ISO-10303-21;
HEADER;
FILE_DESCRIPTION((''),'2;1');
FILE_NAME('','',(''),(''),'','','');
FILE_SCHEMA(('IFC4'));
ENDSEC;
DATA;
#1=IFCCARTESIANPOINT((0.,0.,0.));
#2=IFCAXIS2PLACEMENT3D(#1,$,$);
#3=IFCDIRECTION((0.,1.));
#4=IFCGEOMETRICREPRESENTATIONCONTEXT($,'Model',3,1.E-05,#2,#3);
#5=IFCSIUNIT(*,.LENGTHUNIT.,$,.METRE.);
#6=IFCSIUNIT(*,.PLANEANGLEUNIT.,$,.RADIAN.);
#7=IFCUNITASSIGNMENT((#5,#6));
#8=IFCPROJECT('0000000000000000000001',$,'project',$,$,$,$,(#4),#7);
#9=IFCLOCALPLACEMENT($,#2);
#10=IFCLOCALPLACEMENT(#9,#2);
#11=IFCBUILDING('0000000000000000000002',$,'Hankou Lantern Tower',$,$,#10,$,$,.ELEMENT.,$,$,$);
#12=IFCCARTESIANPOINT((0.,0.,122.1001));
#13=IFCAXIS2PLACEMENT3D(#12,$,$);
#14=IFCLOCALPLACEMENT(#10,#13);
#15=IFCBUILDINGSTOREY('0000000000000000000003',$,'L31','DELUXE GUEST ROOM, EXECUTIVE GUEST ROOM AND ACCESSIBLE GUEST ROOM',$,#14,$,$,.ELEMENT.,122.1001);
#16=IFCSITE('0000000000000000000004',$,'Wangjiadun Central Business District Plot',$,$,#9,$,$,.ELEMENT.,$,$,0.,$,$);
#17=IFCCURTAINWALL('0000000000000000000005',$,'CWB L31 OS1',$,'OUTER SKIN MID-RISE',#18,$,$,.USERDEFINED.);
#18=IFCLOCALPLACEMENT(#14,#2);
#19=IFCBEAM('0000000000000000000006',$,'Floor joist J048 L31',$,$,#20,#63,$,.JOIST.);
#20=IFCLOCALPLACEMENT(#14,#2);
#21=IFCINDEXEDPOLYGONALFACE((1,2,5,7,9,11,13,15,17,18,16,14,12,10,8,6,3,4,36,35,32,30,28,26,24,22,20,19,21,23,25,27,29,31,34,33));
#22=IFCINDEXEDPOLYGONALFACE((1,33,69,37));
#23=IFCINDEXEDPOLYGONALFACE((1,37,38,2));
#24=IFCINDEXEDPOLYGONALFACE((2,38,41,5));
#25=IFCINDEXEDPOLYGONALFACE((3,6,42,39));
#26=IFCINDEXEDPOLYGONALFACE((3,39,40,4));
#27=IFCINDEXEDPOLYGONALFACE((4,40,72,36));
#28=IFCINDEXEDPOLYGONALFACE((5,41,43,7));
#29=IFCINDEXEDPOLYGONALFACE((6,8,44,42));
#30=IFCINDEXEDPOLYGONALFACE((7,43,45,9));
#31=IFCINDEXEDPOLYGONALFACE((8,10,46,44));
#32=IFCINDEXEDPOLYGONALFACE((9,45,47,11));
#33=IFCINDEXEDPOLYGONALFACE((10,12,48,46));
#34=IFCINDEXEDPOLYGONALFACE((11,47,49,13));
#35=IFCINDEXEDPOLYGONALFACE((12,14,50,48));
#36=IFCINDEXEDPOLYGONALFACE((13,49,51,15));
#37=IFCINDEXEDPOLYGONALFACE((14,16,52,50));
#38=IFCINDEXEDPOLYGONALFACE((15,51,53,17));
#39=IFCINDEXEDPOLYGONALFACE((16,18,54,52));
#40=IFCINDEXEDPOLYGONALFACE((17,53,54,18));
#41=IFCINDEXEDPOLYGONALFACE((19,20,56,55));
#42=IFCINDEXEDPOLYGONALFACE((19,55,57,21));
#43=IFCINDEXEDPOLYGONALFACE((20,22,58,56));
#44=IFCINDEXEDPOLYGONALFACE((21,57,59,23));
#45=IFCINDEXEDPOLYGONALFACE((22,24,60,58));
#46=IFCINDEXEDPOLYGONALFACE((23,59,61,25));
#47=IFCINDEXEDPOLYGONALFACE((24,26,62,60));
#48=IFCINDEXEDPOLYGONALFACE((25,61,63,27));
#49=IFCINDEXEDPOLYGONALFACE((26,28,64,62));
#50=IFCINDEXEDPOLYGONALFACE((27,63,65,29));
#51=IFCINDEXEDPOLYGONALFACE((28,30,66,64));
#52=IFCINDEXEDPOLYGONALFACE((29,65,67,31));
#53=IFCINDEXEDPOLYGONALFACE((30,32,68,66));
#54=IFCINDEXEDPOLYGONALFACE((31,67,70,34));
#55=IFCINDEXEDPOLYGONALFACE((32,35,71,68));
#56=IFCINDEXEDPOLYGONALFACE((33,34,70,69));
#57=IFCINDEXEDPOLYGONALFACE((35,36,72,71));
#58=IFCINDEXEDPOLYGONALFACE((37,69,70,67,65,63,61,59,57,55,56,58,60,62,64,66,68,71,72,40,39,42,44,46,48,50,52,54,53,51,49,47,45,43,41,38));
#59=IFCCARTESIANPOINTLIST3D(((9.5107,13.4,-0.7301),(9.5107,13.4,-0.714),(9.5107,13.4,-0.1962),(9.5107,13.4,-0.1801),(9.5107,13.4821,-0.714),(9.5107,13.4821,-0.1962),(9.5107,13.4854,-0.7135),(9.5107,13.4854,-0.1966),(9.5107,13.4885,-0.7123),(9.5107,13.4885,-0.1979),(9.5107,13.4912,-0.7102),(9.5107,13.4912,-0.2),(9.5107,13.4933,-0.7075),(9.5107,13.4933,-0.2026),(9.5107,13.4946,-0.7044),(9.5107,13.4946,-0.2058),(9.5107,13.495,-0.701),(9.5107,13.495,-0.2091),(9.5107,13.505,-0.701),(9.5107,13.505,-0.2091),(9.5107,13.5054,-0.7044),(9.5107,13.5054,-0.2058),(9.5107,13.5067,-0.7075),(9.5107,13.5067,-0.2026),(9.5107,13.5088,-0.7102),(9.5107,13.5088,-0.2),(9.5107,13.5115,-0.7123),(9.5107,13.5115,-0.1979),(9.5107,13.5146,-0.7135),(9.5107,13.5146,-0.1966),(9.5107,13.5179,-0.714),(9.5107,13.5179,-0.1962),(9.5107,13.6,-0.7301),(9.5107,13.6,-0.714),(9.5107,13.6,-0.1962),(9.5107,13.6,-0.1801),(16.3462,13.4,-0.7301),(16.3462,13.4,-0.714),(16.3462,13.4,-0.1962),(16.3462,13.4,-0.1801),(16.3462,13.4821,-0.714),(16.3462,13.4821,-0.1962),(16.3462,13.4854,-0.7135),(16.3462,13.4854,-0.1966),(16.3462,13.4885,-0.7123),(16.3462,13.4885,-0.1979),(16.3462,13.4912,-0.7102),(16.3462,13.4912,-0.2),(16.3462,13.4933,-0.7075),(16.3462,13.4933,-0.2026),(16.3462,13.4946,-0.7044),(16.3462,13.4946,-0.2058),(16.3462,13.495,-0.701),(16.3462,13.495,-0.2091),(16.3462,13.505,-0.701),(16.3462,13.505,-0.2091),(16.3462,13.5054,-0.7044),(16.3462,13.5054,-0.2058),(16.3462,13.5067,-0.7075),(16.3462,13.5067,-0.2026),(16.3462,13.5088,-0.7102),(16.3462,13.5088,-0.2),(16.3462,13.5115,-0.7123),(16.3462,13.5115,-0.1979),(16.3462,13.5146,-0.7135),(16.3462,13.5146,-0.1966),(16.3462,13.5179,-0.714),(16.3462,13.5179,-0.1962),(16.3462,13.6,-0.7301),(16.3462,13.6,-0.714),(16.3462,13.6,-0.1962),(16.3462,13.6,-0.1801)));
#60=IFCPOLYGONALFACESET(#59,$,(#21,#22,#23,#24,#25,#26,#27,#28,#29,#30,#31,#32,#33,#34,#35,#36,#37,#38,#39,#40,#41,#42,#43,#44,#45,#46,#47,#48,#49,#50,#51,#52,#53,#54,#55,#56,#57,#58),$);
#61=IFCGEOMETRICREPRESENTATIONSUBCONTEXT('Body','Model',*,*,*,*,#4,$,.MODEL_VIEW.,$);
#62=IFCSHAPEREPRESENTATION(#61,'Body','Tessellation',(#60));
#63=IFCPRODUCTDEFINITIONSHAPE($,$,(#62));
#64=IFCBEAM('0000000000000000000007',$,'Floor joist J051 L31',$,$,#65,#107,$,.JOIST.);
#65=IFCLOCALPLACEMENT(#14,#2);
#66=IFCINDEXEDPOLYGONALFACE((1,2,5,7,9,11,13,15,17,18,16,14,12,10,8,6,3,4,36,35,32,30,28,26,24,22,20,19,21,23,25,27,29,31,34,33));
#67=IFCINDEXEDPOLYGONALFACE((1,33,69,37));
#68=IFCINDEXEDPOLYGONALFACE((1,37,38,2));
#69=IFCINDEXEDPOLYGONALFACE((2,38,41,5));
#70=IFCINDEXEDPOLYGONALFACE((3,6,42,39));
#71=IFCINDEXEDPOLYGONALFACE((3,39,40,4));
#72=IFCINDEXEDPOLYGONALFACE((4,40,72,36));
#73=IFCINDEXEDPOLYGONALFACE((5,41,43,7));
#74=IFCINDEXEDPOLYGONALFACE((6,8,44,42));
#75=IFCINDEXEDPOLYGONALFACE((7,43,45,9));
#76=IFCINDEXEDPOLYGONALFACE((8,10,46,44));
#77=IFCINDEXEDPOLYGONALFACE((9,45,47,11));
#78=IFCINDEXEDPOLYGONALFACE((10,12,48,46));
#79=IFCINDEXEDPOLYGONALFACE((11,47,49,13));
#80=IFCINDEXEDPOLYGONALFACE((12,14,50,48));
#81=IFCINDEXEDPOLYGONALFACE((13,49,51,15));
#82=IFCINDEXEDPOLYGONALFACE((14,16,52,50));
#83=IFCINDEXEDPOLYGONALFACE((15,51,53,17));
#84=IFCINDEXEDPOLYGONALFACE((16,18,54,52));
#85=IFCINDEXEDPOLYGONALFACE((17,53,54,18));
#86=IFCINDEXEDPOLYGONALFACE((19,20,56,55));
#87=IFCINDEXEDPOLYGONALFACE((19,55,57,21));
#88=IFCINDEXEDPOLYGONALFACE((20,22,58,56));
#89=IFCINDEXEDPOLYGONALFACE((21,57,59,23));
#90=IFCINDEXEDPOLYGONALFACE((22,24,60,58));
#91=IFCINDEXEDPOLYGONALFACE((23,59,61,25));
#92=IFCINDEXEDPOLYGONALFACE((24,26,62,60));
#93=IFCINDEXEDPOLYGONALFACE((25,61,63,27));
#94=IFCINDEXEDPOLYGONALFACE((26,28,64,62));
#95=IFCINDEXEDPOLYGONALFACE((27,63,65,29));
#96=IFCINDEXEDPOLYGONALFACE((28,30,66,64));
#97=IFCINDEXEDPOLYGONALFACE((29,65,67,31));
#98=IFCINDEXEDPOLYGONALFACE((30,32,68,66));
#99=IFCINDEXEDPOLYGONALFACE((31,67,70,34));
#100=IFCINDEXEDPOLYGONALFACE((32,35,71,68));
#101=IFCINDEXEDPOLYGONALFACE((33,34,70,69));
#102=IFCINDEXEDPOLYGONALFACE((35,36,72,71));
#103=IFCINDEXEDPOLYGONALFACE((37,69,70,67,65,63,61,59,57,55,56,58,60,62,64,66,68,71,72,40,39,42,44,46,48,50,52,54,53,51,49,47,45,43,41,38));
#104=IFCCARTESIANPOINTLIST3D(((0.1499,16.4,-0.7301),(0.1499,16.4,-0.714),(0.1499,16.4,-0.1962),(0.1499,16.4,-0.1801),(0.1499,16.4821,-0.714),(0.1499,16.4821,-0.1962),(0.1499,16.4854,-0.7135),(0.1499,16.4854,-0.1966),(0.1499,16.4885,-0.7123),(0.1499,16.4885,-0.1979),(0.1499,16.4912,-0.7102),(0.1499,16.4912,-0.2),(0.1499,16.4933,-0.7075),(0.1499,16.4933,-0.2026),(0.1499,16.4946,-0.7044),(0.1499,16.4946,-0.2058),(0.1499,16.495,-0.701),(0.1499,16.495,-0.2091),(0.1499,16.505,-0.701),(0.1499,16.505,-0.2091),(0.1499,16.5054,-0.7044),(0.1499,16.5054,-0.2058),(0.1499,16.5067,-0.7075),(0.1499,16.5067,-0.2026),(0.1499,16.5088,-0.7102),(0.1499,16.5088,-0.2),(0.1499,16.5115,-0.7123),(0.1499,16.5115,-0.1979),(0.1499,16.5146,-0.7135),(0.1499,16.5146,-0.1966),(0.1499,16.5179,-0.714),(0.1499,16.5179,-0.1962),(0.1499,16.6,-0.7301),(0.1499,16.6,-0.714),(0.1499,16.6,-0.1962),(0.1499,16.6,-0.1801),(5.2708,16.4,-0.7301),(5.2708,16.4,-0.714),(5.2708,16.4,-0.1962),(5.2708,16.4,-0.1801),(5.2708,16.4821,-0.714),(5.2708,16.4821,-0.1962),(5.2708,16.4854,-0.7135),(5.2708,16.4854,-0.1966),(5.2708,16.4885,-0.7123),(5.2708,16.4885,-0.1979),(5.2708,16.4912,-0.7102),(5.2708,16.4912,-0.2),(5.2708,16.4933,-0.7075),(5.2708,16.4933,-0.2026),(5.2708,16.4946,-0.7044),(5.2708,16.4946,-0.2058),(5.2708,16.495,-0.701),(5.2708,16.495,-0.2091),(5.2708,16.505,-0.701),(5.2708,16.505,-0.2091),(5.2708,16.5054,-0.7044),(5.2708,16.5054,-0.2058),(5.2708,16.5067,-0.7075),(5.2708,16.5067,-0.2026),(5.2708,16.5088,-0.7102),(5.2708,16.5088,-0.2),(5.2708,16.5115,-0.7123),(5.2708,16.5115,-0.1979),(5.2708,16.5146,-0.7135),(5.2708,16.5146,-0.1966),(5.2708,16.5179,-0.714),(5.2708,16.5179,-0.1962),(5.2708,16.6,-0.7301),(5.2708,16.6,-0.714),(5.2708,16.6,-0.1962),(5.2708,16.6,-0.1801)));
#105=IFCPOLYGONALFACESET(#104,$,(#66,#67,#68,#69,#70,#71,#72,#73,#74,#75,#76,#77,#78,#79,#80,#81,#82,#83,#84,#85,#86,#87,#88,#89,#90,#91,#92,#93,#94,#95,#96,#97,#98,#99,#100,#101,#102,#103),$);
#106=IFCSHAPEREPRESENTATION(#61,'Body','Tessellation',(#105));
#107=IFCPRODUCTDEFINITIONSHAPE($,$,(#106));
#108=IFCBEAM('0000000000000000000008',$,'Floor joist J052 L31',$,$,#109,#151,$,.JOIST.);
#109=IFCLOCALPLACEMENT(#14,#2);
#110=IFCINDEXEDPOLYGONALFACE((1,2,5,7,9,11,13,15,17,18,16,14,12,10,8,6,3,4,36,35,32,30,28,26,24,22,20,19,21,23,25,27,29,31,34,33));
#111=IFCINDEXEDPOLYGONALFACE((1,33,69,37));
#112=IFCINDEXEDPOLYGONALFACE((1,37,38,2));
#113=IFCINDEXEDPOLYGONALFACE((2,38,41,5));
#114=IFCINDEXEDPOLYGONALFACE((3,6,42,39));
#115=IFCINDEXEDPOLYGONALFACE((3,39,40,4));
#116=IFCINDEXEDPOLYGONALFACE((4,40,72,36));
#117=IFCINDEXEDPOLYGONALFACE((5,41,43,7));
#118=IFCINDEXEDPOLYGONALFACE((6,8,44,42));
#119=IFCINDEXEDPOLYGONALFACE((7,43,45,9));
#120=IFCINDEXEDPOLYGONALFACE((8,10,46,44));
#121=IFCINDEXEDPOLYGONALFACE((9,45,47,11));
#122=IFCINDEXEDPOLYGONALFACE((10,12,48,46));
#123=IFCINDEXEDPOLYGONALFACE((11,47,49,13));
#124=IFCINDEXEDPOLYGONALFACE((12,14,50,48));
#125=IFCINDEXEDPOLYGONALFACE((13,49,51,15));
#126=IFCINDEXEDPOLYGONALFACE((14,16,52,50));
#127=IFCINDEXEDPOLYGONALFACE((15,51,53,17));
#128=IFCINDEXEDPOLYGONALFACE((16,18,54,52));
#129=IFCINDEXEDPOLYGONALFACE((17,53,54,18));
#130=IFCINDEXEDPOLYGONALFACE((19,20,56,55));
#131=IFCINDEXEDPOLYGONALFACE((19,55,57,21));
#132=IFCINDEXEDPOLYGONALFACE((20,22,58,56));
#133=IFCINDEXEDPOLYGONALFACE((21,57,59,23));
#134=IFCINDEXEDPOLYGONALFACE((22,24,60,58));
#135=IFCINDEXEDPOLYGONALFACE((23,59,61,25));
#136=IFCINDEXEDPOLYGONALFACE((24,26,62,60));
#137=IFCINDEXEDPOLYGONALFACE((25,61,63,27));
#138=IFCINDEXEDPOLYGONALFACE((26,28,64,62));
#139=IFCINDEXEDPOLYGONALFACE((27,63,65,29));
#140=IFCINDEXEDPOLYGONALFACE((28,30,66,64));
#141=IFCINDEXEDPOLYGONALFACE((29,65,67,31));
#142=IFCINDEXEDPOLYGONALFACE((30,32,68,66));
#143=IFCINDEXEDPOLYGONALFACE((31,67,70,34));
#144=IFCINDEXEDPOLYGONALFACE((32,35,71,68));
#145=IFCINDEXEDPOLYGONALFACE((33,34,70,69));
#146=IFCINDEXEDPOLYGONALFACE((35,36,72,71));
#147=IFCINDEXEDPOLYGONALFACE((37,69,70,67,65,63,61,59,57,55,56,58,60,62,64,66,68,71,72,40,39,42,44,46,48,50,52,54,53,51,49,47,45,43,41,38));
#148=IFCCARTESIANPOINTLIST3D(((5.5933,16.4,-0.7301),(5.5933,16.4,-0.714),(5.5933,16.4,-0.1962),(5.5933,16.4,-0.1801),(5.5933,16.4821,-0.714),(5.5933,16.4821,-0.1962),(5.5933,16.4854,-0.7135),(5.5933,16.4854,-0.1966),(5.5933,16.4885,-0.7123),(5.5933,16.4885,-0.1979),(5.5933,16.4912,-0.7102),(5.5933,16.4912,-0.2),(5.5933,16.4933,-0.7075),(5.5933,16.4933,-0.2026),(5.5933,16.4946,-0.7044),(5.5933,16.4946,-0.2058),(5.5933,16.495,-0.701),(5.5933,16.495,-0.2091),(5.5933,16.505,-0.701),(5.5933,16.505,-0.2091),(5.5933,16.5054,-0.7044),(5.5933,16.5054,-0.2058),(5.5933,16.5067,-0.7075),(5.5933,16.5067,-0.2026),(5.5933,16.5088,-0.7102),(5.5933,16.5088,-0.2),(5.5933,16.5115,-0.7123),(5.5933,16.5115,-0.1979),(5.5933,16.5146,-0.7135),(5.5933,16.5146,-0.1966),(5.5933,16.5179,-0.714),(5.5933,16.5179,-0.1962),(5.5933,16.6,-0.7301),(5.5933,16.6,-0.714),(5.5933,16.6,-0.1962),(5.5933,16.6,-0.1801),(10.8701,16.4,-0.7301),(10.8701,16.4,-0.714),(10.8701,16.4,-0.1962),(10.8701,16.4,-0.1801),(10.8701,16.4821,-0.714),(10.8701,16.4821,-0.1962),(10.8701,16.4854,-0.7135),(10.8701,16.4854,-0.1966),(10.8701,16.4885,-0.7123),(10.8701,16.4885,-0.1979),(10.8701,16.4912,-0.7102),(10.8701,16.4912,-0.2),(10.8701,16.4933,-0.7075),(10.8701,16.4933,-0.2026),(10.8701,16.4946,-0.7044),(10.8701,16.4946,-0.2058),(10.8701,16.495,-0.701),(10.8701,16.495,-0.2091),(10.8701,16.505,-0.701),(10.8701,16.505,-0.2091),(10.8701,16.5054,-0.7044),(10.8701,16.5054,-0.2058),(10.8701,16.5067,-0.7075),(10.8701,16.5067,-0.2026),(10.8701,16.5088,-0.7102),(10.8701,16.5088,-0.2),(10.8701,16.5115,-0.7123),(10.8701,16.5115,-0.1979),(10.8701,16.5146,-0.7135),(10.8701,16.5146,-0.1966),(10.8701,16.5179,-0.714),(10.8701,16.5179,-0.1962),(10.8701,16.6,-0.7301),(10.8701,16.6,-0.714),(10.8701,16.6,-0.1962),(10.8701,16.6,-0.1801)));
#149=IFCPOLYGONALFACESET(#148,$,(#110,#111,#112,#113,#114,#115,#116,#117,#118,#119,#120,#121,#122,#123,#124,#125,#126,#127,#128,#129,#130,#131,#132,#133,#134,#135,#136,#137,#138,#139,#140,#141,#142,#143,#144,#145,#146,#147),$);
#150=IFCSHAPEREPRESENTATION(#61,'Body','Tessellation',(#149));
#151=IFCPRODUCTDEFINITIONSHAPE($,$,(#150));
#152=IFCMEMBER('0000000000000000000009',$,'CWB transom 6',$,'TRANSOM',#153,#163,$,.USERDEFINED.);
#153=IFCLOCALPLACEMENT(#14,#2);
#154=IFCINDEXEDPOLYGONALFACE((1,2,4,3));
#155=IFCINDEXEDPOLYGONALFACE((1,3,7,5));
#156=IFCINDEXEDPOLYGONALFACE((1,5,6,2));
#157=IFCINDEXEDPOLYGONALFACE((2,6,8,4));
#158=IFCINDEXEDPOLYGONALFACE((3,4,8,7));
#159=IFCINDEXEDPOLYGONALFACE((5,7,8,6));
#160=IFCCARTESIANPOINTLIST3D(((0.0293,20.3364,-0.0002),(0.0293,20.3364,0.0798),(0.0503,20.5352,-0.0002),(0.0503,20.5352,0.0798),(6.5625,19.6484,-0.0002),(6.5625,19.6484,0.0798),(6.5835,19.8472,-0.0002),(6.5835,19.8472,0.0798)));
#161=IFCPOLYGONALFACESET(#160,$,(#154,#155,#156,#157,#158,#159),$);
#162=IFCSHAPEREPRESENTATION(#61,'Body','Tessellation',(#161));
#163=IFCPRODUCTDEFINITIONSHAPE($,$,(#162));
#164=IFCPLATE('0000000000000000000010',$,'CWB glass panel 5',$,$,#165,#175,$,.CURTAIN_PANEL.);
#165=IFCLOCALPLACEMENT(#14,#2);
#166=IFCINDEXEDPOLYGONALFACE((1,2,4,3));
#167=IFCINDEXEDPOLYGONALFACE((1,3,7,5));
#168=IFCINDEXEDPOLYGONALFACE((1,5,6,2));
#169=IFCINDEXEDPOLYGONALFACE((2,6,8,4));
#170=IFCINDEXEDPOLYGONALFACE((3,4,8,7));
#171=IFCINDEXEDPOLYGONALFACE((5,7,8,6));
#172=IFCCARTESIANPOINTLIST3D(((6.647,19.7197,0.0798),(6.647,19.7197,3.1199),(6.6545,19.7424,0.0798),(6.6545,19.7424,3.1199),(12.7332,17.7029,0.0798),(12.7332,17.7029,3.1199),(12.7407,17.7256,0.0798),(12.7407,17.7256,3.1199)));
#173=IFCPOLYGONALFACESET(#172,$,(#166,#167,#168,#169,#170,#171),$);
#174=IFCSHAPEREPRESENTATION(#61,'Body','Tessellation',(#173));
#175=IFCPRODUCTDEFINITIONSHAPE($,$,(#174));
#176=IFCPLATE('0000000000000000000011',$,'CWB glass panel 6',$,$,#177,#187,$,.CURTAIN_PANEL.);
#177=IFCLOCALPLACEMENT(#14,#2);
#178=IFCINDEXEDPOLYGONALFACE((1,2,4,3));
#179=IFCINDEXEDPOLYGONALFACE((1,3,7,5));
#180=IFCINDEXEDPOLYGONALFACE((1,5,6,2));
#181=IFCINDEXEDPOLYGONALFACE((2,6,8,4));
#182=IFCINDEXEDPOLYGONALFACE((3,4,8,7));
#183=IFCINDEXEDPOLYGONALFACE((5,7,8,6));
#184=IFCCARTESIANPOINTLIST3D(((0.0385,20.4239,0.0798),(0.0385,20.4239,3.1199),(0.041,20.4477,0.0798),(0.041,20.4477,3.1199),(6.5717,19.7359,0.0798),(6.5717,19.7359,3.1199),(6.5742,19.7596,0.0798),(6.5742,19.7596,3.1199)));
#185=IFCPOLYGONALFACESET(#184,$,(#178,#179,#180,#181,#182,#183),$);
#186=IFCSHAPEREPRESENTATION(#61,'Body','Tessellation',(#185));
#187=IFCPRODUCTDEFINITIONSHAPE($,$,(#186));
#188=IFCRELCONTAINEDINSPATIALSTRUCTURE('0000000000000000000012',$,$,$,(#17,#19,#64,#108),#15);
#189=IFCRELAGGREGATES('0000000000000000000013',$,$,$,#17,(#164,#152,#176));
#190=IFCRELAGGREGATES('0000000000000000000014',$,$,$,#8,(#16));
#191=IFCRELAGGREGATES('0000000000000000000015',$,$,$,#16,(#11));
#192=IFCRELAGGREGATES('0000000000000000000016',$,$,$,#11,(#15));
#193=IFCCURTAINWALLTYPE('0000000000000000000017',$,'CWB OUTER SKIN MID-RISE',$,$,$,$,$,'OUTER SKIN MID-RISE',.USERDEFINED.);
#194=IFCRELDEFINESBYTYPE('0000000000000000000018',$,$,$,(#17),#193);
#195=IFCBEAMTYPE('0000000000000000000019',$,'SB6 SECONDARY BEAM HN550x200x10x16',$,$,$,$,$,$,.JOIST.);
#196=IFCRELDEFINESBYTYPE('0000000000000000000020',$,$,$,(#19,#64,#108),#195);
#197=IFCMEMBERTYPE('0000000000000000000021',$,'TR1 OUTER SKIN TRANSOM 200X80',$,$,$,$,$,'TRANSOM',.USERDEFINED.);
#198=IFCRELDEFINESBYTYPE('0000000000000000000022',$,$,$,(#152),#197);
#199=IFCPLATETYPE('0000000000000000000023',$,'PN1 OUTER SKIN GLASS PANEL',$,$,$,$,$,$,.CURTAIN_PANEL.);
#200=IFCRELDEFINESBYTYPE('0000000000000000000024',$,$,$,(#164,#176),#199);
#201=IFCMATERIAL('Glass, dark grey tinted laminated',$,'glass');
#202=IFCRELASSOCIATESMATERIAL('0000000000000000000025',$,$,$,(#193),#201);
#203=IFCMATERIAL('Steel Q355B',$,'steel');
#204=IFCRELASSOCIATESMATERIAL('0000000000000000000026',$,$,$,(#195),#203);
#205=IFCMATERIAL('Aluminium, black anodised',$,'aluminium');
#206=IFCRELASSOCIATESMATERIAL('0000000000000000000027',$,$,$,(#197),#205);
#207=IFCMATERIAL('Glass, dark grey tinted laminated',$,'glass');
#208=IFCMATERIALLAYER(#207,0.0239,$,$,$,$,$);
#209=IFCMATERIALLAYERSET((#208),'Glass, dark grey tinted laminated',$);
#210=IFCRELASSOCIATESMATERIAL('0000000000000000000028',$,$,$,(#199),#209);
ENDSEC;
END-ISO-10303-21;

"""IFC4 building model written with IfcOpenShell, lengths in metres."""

from ifc_helpers import new_model, si_unit, direction, frame, origin, origin_2d, place, context, subcontext, project, spatial, rectangle, i_section, extrude, material, layer, layer_set, material_profile, profile_set, type_object, element, aggregate, save


model = new_model("IFC4")

# Units and contexts
model_context = context("Model", 3, precision=1e-05, world=origin(), true_north=direction((0.0, 1.0)))
body_context = subcontext(model_context, "Body", "Model", "MODEL_VIEW")
ifc_project = project(units=[si_unit("LENGTHUNIT", "METRE"), si_unit("PLANEANGLEUNIT", "RADIAN")], contexts=[model_context])

# Site, building, storey
site_placement = place(None, origin())
site = spatial("IfcSite", under=ifc_project, at=site_placement, Name="Wangjiadun Central Business District Plot", CompositionType="ELEMENT", RefElevation=0.0)
building_placement = place(site_placement, origin())
building = spatial("IfcBuilding", under=site, at=building_placement, Name="Hankou Lantern Tower", CompositionType="ELEMENT")
storey_placement = place(building_placement, frame((0.0, 0.0, 122.1001)))
storey = spatial("IfcBuildingStorey", under=building, at=storey_placement, Name="L31", Description="DELUXE GUEST ROOM, EXECUTIVE GUEST ROOM AND ACCESSIBLE GUEST ROOM", CompositionType="ELEMENT", Elevation=122.1001)

# Curtain wall
ifc_material_1 = material(Name="Glass, dark grey tinted laminated", Category="glass")
curtain_wall_type = type_object("IfcCurtainWallType", Name="CWB OUTER SKIN MID-RISE", ElementType="OUTER SKIN MID-RISE", PredefinedType="USERDEFINED", material=ifc_material_1)
curtain_wall_1_placement = place(storey_placement, origin())
curtain_wall_1 = element("IfcCurtainWall", 1, at=curtain_wall_1_placement, inside=storey, type_object=curtain_wall_type, Name="CWB L31 OS1", ObjectType="OUTER SKIN MID-RISE", PredefinedType="USERDEFINED")

# Beams
ifc_material_2 = material(Name="Steel Q355B", Category="steel")
ifc_material_profile_1 = material_profile(ifc_material_2, i_section(OverallWidth=0.2, OverallDepth=0.55, WebThickness=0.01, FlangeThickness=0.0161, FilletRadius=0.0129, at=origin_2d()), Name="HN550x200x10x16")
ifc_profile_set_1 = profile_set([ifc_material_profile_1], Name="Steel Q355B")
beam_type_1 = type_object("IfcBeamType", Name="SB6 SECONDARY BEAM HN550x200x10x16", PredefinedType="JOIST", material=ifc_profile_set_1)
beam_1_placement = place(storey_placement, frame((9.5107, 13.5, -0.4551), z_axis=(1.0, 0.0, 0.0), x_axis=(0.0, 1.0, 0.0)))
element("IfcBeam", 2, at=beam_1_placement, inside=storey, type_object=beam_type_1, Name="Floor joist J048 L31", PredefinedType="JOIST", context=body_context, shape_type="SweptSolid", body=[
    extrude(i_section(OverallWidth=0.2, OverallDepth=0.55, WebThickness=0.01, FlangeThickness=0.0161, FilletRadius=0.0129, at=origin_2d()), origin(), (0.0, 0.0, 1.0), 6.8354),
])
beam_2_placement = place(storey_placement, frame((0.1499, 16.5, -0.4551), z_axis=(1.0, 0.0, 0.0), x_axis=(0.0, 1.0, 0.0)))
element("IfcBeam", 3, at=beam_2_placement, inside=storey, type_object=beam_type_1, Name="Floor joist J051 L31", PredefinedType="JOIST", context=body_context, shape_type="SweptSolid", body=[
    extrude(i_section(OverallWidth=0.2, OverallDepth=0.55, WebThickness=0.01, FlangeThickness=0.0161, FilletRadius=0.0129, at=origin_2d()), origin(), (0.0, 0.0, 1.0), 5.1208),
])
beam_3_placement = place(storey_placement, frame((5.5933, 16.5, -0.4551), z_axis=(1.0, 0.0, 0.0), x_axis=(0.0, 1.0, 0.0)))
element("IfcBeam", 4, at=beam_3_placement, inside=storey, type_object=beam_type_1, Name="Floor joist J052 L31", PredefinedType="JOIST", context=body_context, shape_type="SweptSolid", body=[
    extrude(i_section(OverallWidth=0.2, OverallDepth=0.55, WebThickness=0.01, FlangeThickness=0.0161, FilletRadius=0.0129, at=origin_2d()), origin(), (0.0, 0.0, 1.0), 5.2769),
])

# Member
ifc_material_3 = material(Name="Aluminium, black anodised", Category="aluminium")
ifc_material_profile_2 = material_profile(ifc_material_3, rectangle(XDim=0.2, YDim=0.0801, at=origin_2d()), Name="TR1 200X80")
ifc_profile_set_2 = profile_set([ifc_material_profile_2], Name="Aluminium, black anodised")
member_type_1 = type_object("IfcMemberType", Name="TR1 OUTER SKIN TRANSOM 200X80", ElementType="TRANSOM", PredefinedType="USERDEFINED", material=ifc_profile_set_2)
member_1_placement = place(storey_placement, frame((6.573, 19.7478, 0.0398), z_axis=(-0.994501, 0.104727, 0.0), x_axis=(-0.104727, -0.994501, 0.0)))
member_1 = element("IfcMember", 5, at=member_1_placement, type_object=member_type_1, Name="CWB transom 6", ObjectType="TRANSOM", PredefinedType="USERDEFINED", context=body_context, shape_type="SweptSolid", body=[
    extrude(rectangle(XDim=0.2, YDim=0.0801, at=origin_2d()), origin(), (0.0, 0.0, 1.0), 6.5693),
])

# Plates
ifc_material_4 = material(Name="Glass, dark grey tinted laminated", Category="glass")
ifc_layer_1 = layer(ifc_material_4, 0.0239)
ifc_layer_set_1 = layer_set([ifc_layer_1], Name="Glass, dark grey tinted laminated")
plate_type = type_object("IfcPlateType", Name="PN1 OUTER SKIN GLASS PANEL", PredefinedType="CURTAIN_PANEL", material=ifc_layer_set_1)
plate_1_placement = place(storey_placement, frame((9.6938, 18.7227, 0.0798), z_axis=(0.0, 0.0, 1.0), x_axis=(-0.949241, 0.314551, 0.0)))
plate_1 = element("IfcPlate", 6, at=plate_1_placement, type_object=plate_type, Name="CWB glass panel 5", PredefinedType="CURTAIN_PANEL", context=body_context, shape_type="SweptSolid", body=[
    extrude(rectangle(XDim=6.4116, YDim=0.0239, at=origin_2d()), origin(), (0.0, 0.0, 1.0), 3.04),
])
plate_2_placement = place(storey_placement, frame((3.3064, 20.0918, 0.0798), z_axis=(0.0, 0.0, 1.0), x_axis=(-0.994499, 0.104743, 0.0)))
plate_2 = element("IfcPlate", 7, at=plate_2_placement, type_object=plate_type, Name="CWB glass panel 6", PredefinedType="CURTAIN_PANEL", context=body_context, shape_type="SweptSolid", body=[
    extrude(rectangle(XDim=6.5693, YDim=0.0239, at=origin_2d()), origin(), (0.0, 0.0, 1.0), 3.04),
])
aggregate(curtain_wall_1, [plate_1, member_1, plate_2])

save(model, "model.ifc")
